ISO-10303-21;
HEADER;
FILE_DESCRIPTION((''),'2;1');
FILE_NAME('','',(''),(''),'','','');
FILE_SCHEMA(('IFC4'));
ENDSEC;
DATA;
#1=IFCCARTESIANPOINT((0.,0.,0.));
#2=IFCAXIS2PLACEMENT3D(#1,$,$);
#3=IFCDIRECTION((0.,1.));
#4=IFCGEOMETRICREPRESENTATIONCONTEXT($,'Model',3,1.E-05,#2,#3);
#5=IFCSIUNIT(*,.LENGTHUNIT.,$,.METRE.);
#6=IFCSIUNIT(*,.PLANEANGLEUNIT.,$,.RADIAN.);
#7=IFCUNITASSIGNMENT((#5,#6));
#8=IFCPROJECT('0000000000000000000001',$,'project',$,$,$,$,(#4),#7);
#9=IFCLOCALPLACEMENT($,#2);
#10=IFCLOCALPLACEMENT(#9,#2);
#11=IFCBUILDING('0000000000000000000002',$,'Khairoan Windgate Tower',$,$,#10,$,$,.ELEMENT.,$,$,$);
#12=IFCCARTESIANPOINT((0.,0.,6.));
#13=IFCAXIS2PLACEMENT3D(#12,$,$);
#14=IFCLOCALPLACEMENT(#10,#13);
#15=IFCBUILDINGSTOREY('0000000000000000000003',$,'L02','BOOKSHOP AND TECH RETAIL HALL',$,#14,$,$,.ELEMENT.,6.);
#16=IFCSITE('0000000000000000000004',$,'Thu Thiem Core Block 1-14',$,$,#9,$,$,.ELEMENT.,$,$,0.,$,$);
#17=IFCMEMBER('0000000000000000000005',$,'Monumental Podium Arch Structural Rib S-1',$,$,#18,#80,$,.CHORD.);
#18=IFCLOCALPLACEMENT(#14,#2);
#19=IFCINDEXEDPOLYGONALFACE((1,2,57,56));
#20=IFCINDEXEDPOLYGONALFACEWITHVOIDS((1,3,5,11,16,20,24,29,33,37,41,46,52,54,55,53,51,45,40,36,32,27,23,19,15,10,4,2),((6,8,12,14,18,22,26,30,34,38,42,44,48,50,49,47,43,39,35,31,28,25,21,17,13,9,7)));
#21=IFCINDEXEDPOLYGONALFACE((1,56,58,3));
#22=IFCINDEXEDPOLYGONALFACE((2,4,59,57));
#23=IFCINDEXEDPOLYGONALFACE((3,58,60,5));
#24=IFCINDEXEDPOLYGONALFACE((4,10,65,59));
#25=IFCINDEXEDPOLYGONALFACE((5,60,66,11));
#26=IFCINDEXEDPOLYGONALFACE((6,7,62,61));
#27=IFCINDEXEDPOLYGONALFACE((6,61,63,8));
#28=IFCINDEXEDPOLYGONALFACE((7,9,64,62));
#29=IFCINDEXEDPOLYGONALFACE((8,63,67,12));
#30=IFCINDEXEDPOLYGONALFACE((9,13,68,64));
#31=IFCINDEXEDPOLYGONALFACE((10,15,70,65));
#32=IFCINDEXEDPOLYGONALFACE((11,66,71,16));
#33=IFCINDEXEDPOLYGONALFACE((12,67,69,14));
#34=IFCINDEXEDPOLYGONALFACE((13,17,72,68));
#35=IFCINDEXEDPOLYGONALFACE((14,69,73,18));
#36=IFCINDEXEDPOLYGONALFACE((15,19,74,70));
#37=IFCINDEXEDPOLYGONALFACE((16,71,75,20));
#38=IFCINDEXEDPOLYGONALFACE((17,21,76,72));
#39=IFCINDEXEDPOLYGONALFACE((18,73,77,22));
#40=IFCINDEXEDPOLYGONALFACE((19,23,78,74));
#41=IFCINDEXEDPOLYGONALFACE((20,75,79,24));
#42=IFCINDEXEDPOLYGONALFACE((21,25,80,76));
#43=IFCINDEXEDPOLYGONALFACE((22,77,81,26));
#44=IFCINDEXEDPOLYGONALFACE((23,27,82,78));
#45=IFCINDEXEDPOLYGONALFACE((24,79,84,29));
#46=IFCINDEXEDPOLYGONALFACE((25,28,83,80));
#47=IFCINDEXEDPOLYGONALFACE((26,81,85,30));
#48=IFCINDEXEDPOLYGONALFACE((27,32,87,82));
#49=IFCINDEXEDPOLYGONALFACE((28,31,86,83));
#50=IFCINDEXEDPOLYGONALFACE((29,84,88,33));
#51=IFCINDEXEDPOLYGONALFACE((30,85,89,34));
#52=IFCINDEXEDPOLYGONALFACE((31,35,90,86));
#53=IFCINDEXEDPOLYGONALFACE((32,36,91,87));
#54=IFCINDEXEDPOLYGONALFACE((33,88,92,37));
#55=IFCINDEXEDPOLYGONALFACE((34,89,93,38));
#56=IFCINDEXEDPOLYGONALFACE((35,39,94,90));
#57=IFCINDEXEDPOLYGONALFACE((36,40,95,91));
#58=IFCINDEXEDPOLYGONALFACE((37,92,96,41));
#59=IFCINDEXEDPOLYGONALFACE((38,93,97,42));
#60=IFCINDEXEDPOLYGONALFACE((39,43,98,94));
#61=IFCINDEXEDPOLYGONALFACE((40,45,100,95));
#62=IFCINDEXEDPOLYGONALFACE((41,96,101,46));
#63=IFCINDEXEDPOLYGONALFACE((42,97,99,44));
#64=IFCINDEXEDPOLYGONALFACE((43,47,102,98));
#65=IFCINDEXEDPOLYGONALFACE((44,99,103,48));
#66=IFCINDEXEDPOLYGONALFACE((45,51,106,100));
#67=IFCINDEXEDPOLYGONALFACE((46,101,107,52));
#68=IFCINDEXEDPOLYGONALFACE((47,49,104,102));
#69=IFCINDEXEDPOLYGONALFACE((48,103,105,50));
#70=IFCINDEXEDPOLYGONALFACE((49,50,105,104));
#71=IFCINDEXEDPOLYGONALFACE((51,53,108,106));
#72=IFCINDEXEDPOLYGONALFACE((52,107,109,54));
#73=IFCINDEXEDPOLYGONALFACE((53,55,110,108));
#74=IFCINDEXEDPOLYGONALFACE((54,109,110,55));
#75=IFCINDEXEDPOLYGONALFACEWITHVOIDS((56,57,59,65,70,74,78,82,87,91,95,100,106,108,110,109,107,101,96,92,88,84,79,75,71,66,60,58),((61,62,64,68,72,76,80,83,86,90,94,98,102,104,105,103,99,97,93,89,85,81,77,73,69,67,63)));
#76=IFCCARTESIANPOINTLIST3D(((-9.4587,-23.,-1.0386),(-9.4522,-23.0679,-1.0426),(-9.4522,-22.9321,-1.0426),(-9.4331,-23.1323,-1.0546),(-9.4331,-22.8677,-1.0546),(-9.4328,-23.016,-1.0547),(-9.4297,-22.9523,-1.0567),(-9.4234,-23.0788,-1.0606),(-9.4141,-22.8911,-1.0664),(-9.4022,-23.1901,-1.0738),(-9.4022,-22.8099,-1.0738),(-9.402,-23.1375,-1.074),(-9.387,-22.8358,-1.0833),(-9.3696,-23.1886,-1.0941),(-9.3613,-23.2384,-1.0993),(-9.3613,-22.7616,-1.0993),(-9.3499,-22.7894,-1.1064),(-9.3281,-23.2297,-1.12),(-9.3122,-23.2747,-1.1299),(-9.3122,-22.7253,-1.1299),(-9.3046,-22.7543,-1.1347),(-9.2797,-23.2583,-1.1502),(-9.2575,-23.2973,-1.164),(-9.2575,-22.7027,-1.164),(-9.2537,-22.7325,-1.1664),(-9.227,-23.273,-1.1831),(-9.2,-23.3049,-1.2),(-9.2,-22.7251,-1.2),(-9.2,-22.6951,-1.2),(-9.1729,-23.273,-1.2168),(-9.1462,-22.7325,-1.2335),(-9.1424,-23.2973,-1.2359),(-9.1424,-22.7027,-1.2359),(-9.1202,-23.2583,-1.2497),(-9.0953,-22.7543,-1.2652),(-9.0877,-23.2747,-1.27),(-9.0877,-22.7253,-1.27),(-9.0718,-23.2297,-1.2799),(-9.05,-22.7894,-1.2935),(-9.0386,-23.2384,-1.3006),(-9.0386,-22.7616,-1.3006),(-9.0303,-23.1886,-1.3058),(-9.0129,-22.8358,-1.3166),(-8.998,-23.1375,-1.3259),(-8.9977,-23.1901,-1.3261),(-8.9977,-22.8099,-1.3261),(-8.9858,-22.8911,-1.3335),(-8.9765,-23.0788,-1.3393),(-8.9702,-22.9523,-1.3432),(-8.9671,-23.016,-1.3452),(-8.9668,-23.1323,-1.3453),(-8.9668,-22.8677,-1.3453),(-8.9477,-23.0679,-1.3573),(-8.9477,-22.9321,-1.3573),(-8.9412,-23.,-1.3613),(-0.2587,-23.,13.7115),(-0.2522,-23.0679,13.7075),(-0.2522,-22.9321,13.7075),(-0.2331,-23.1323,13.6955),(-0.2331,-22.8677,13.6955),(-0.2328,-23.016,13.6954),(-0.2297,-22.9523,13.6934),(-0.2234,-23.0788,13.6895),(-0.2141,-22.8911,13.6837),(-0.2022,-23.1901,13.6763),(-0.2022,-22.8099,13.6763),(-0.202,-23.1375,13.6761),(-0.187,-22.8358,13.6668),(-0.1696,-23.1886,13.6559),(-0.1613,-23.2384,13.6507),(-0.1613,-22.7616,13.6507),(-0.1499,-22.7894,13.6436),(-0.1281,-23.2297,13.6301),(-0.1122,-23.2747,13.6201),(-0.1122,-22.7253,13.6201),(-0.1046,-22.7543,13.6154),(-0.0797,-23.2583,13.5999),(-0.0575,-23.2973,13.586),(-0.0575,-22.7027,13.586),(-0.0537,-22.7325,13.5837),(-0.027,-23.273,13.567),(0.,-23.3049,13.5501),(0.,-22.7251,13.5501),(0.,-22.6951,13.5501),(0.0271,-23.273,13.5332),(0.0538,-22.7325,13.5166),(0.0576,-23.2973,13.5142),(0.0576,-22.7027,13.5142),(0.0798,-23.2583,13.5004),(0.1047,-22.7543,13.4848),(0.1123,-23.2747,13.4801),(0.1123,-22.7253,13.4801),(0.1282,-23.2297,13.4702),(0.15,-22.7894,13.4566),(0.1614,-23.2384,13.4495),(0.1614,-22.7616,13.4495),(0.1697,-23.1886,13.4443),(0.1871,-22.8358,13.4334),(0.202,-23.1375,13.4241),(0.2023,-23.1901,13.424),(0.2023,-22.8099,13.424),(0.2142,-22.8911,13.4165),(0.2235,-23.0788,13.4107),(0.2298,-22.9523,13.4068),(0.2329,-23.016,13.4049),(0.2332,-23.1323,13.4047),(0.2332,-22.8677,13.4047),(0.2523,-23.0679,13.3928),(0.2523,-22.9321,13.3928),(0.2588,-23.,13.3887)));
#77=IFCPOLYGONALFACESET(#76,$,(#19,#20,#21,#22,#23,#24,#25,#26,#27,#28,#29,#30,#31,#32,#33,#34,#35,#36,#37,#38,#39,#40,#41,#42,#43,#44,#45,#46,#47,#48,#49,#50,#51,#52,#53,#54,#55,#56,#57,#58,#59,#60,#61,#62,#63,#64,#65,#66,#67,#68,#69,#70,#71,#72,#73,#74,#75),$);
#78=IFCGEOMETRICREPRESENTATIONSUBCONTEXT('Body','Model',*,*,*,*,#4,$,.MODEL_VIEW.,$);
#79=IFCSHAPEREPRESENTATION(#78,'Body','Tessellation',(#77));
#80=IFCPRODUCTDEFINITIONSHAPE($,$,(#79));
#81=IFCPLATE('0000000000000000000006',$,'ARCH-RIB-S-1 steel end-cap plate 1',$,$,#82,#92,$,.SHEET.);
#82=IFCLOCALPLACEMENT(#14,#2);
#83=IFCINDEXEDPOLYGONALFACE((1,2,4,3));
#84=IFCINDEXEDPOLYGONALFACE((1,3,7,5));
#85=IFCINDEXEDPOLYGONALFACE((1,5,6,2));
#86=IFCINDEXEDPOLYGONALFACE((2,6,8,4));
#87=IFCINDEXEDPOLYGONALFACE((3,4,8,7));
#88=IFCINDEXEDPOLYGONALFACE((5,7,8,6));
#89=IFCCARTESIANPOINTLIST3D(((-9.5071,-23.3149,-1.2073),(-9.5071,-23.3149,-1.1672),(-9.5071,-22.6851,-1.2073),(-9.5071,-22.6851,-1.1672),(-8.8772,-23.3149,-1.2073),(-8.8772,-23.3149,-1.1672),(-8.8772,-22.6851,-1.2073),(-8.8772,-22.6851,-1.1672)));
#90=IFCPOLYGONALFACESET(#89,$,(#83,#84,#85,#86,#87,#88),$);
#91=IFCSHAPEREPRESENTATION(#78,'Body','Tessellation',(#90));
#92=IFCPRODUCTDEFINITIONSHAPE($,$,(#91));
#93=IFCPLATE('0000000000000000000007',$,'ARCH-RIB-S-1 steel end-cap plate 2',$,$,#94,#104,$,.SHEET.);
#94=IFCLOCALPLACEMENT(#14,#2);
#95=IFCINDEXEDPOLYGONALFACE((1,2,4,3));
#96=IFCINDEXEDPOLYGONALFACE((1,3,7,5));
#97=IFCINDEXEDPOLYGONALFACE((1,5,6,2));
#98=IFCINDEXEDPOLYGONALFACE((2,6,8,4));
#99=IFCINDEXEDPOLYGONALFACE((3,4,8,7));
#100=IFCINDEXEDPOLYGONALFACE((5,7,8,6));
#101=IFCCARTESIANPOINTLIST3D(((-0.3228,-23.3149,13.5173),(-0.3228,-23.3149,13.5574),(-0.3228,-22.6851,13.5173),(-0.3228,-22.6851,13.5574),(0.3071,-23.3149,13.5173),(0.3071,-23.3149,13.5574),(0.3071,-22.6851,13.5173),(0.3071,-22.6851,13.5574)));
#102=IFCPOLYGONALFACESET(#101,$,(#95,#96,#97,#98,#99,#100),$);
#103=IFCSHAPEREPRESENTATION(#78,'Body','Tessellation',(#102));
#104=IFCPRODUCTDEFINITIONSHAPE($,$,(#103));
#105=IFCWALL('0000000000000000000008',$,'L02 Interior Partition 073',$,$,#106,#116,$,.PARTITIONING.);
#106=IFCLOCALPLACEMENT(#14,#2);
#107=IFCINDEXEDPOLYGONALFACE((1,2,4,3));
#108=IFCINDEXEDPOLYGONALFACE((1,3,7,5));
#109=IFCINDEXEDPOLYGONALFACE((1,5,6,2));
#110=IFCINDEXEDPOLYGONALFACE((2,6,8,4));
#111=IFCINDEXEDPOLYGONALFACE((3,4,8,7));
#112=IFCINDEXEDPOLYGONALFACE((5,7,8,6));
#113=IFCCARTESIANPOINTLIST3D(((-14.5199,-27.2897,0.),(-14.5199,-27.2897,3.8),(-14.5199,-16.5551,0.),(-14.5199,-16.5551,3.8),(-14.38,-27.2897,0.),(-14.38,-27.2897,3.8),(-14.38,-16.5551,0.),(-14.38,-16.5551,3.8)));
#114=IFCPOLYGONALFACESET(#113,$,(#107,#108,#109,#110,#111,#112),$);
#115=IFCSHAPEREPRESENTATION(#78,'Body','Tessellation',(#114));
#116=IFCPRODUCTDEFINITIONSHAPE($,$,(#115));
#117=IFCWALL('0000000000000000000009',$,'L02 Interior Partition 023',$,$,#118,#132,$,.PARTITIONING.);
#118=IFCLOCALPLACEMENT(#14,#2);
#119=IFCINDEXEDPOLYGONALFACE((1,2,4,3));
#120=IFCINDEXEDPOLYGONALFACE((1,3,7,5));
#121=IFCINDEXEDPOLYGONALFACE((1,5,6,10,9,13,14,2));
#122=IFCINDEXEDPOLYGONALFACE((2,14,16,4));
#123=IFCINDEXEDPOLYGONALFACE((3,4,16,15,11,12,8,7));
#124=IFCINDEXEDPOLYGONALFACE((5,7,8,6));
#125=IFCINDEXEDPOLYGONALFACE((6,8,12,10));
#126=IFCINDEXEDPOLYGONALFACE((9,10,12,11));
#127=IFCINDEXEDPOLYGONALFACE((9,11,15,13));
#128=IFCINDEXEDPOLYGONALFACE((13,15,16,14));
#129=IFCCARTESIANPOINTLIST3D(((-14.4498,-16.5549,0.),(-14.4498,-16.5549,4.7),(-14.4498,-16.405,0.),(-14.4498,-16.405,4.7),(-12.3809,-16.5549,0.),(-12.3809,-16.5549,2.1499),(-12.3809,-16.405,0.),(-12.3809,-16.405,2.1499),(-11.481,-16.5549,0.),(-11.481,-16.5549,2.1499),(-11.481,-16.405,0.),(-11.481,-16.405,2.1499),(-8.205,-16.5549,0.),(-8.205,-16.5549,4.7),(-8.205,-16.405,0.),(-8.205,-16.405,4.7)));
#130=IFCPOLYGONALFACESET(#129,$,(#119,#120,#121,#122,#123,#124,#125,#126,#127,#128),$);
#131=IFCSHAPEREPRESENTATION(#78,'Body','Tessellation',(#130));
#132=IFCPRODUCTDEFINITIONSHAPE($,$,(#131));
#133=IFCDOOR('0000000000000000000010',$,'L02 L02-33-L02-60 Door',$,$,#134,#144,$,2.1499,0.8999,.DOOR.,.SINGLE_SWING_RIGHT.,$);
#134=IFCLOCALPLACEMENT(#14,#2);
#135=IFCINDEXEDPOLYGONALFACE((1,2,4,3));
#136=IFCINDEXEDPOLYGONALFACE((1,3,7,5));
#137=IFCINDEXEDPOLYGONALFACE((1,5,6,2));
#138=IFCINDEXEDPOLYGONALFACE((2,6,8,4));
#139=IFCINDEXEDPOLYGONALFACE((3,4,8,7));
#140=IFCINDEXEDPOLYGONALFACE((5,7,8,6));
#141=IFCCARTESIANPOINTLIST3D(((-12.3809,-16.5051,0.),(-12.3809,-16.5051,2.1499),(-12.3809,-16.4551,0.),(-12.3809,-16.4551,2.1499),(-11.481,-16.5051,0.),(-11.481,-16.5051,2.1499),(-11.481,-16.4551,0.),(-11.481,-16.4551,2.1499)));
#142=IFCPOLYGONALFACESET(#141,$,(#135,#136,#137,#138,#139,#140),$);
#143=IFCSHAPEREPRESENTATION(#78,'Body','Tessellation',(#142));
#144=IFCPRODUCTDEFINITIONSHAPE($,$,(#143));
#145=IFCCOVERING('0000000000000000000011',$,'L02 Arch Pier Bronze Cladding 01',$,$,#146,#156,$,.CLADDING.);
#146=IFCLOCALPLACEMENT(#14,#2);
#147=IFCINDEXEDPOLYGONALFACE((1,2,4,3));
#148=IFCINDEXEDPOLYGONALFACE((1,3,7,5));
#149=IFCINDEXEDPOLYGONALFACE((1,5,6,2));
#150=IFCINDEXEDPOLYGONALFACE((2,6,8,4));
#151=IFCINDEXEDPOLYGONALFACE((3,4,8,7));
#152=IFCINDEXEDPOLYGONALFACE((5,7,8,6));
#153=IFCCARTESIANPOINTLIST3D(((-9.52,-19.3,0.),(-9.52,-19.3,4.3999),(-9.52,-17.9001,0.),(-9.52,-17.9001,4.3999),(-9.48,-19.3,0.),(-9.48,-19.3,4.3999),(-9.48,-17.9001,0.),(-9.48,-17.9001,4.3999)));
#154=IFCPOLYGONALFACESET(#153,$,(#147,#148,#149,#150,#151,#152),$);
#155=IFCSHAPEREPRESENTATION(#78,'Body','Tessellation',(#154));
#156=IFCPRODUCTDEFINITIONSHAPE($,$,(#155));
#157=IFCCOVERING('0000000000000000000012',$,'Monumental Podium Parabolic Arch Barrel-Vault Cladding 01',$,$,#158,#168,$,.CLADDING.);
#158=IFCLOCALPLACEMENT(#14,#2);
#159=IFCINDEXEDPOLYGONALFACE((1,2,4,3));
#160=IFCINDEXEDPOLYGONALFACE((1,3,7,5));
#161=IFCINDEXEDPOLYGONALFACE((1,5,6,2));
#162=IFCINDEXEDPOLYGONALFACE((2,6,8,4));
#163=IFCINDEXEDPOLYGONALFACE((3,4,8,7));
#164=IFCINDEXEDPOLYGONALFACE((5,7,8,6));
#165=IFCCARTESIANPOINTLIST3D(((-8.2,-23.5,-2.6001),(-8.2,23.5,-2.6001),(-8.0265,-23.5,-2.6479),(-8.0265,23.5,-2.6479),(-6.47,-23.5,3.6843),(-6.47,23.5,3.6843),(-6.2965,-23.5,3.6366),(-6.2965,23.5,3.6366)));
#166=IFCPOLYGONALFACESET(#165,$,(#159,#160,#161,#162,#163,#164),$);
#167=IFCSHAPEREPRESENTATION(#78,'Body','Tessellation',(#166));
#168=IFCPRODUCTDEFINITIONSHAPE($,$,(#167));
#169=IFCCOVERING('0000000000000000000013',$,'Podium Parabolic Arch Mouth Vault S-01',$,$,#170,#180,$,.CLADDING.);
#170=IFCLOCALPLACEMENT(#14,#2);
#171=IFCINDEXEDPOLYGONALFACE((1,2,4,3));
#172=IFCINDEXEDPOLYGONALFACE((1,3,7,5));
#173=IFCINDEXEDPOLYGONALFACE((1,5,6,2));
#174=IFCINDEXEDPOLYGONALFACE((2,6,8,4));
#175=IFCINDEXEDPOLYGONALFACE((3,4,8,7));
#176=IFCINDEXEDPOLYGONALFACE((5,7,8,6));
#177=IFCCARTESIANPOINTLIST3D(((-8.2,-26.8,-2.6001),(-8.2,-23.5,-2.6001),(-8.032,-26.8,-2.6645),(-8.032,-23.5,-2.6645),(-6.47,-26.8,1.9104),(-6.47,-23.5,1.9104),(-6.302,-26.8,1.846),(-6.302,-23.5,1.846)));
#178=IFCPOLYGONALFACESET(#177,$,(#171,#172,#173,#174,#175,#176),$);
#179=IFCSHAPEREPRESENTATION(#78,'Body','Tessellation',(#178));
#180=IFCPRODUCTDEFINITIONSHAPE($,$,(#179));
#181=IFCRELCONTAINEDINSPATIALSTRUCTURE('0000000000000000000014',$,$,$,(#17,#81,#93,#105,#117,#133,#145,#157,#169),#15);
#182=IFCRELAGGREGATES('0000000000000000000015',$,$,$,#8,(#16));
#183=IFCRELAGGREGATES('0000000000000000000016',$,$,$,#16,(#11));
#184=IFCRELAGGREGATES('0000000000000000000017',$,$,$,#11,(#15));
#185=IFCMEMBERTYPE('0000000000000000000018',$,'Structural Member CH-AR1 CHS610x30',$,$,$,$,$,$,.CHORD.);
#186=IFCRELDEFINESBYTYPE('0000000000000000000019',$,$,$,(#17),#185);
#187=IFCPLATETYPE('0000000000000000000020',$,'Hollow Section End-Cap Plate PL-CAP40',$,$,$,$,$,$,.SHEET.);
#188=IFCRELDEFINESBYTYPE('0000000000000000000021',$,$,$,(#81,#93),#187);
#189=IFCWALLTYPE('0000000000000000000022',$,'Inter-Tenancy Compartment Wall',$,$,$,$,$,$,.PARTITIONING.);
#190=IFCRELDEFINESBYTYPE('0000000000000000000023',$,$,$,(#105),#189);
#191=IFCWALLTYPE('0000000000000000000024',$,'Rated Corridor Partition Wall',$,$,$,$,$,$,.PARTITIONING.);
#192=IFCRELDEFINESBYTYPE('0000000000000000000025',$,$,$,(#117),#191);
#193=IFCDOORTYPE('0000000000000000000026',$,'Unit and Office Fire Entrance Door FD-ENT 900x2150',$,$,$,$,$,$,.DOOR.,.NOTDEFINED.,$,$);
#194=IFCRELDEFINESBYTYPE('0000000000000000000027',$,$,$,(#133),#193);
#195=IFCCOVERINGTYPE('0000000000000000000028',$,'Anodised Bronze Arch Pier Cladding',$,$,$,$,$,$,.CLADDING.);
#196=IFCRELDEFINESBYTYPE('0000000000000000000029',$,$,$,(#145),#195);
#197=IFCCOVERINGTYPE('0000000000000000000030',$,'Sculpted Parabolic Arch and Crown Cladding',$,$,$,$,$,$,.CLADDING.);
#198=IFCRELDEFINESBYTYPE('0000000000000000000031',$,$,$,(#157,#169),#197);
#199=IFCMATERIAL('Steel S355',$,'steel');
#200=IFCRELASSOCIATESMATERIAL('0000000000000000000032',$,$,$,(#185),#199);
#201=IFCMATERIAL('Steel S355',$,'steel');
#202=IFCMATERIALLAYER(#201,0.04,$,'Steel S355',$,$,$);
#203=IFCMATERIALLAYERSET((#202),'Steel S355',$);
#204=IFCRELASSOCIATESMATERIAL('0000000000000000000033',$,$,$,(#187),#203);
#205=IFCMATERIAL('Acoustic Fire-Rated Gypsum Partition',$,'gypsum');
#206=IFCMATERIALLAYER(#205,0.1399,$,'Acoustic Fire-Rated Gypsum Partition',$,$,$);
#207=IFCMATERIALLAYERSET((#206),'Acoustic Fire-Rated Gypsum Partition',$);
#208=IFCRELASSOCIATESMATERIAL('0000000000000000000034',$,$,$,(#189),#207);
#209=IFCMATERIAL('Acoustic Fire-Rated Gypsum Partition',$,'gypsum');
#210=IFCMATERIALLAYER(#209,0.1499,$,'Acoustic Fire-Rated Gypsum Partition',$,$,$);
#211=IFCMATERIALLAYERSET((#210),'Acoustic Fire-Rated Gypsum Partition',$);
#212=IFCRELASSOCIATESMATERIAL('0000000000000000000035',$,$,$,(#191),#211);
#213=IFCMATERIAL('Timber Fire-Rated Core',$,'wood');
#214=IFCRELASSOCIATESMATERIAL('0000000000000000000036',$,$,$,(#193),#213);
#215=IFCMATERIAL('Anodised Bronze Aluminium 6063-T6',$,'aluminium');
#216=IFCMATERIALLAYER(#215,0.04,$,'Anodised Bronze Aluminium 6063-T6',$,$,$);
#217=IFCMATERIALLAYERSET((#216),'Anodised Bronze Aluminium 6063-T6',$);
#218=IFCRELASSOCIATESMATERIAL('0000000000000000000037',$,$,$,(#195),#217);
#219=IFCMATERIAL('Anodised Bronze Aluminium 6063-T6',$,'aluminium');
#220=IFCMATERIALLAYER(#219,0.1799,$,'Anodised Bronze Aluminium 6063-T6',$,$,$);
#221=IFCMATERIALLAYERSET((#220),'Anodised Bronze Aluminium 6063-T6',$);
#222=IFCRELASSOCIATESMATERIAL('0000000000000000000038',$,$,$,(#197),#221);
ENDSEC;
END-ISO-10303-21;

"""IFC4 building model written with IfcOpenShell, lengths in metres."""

from ifc_helpers import new_model, si_unit, direction, frame, frame_2d, origin, origin_2d, place, context, subcontext, project, spatial, polyline, rectangle, hollow_circle, outline, extrude, material, layer, layer_set, material_profile, profile_set, type_object, element, fill, save


model = new_model("IFC4")

# Units and contexts
model_context = context("Model", 3, precision=1e-05, world=origin(), true_north=direction((0.0, 1.0)))
body_context = subcontext(model_context, "Body", "Model", "MODEL_VIEW")
ifc_project = project(units=[si_unit("LENGTHUNIT", "METRE"), si_unit("PLANEANGLEUNIT", "RADIAN")], contexts=[model_context])

# Site, building, storey
site_placement = place(None, origin())
site = spatial("IfcSite", under=ifc_project, at=site_placement, Name="Thu Thiem Core Block 1-14", CompositionType="ELEMENT", RefElevation=0.0)
building_placement = place(site_placement, origin())
building = spatial("IfcBuilding", under=site, at=building_placement, Name="Khairoan Windgate Tower", CompositionType="ELEMENT")
storey_placement = place(building_placement, frame((0.0, 0.0, 6.0)))
storey = spatial("IfcBuildingStorey", under=building, at=storey_placement, Name="L02", Description="BOOKSHOP AND TECH RETAIL HALL", CompositionType="ELEMENT", Elevation=6.0)

# Member
ifc_material_1 = material(Name="Steel S355", Category="steel")
ifc_material_profile_1 = material_profile(ifc_material_1, hollow_circle(Radius=0.3049, WallThickness=0.03, at=origin_2d()))
ifc_profile_set_1 = profile_set([ifc_material_profile_1], Name="Steel S355")
member_type_1 = type_object("IfcMemberType", Name="Structural Member CH-AR1 CHS610x30", PredefinedType="CHORD", material=ifc_profile_set_1)
member_1_placement = place(storey_placement, frame((-9.2, -23.0, -1.2), z_axis=(0.529221, 0.0, 0.848484), x_axis=(0.0, 1.0, 0.0)))
element("IfcMember", 1, at=member_1_placement, inside=storey, type_object=member_type_1, Name="Monumental Podium Arch Structural Rib S-1", PredefinedType="CHORD", context=body_context, shape_type="SweptSolid", body=[
    extrude(hollow_circle(Radius=0.3049, WallThickness=0.03, at=origin_2d()), origin(), (0.0, 0.0, 1.0), 17.384),
])

# Plates
ifc_material_2 = material(Name="Steel S355", Category="steel")
ifc_layer_1 = layer(ifc_material_2, 0.04, Name="Steel S355")
ifc_layer_set_1 = layer_set([ifc_layer_1], Name="Steel S355")
plate_type_1 = type_object("IfcPlateType", Name="Hollow Section End-Cap Plate PL-CAP40", PredefinedType="SHEET", material=ifc_layer_set_1)
for number, where, z_axis, x_axis, name in (
    (2, (-9.1921, -23.0, -1.2073), (0.0, 0.0, 1.0), (1.0, 0.0, 0.0), "ARCH-RIB-S-1 steel end-cap plate 1"),
    (3, (-0.0078, -23.0, 13.5173), (0.0, 0.0, 1.0), (1.0, 0.0, 0.0), "ARCH-RIB-S-1 steel end-cap plate 2"),
):
    element("IfcPlate", number, at=place(storey_placement, frame(where, z_axis=z_axis, x_axis=x_axis)), inside=storey, type_object=plate_type_1, Name=name, PredefinedType="SHEET", context=body_context, shape_type="SweptSolid", body=[
        extrude(rectangle(XDim=0.6299, YDim=0.6299, at=origin_2d()), origin(), (0.0, 0.0, 1.0), 0.04),
    ])

# Wall
ifc_material_3 = material(Name="Acoustic Fire-Rated Gypsum Partition", Category="gypsum")
ifc_layer_2 = layer(ifc_material_3, 0.1399, Name="Acoustic Fire-Rated Gypsum Partition")
ifc_layer_set_2 = layer_set([ifc_layer_2], Name="Acoustic Fire-Rated Gypsum Partition")
wall_type_1 = type_object("IfcWallType", Name="Inter-Tenancy Compartment Wall", PredefinedType="PARTITIONING", material=ifc_layer_set_2)
wall_1_placement = place(storey_placement, frame((-14.45, -27.2896, 0.0), z_axis=(0.0, 0.0, 1.0), x_axis=(0.0, 1.0, 0.0)))
element("IfcWall", 4, at=wall_1_placement, inside=storey, type_object=wall_type_1, Name="L02 Interior Partition 073", PredefinedType="PARTITIONING", context=body_context, shape_type="SweptSolid", body=[
    extrude(rectangle(XDim=10.7346, YDim=0.1399, at=frame_2d((5.3672, 0.0))), origin(), (0.0, 0.0, 1.0), 3.8),
])

# Wall, opening, door
ifc_material_4 = material(Name="Acoustic Fire-Rated Gypsum Partition", Category="gypsum")
ifc_layer_3 = layer(ifc_material_4, 0.1499, Name="Acoustic Fire-Rated Gypsum Partition")
ifc_layer_set_3 = layer_set([ifc_layer_3], Name="Acoustic Fire-Rated Gypsum Partition")
wall_type_2 = type_object("IfcWallType", Name="Rated Corridor Partition Wall", PredefinedType="PARTITIONING", material=ifc_layer_set_3)
wall_2_placement = place(storey_placement, frame((-14.45, -16.48, 0.0), z_axis=(0.0, 0.0, 1.0), x_axis=(1.0, 0.0, 0.0)))
wall_2 = element("IfcWall", 5, at=wall_2_placement, inside=storey, type_object=wall_type_2, Name="L02 Interior Partition 023", PredefinedType="PARTITIONING", context=body_context, shape_type="SweptSolid", body=[
    extrude(rectangle(XDim=6.2449, YDim=0.1499, at=frame_2d((3.1226, 0.0))), origin(), (0.0, 0.0, 1.0), 4.7),
])
opening_placement = place(wall_2_placement, frame((2.0691, 0.0, 0.0)))
opening = element("IfcOpeningElement", 6, at=opening_placement, cuts=wall_2, PredefinedType="OPENING", context=body_context, shape_type="SweptSolid", body=[
    extrude(rectangle(XDim=0.8999, YDim=2.1499, at=frame_2d((0.45, 1.075))), frame((0.0, 0.085, 0.0), z_axis=(0.0, -1.0, 0.0), x_axis=(1.0, 0.0, 0.0)), (0.0, 0.0, 1.0), 0.1699),
])
ifc_material_5 = material(Name="Timber Fire-Rated Core", Category="wood")
door_type = type_object("IfcDoorType", Name="Unit and Office Fire Entrance Door FD-ENT 900x2150", OperationType="NOTDEFINED", PredefinedType="DOOR", material=ifc_material_5)
door_placement = place(opening_placement, origin())
door = element("IfcDoor", 7, at=door_placement, inside=storey, type_object=door_type, Name="L02 L02-33-L02-60 Door", OperationType="SINGLE_SWING_RIGHT", OverallHeight=2.1499, OverallWidth=0.8999, PredefinedType="DOOR", context=body_context, shape_type="SweptSolid", body=[
    extrude(rectangle(XDim=0.8999, YDim=2.1499, at=frame_2d((0.45, 1.075))), frame((0.0, 0.0249, 0.0), z_axis=(0.0, -1.0, 0.0), x_axis=(1.0, 0.0, 0.0)), (0.0, 0.0, 1.0), 0.05),
])
fill(opening, door)

# Coverings
ifc_material_6 = material(Name="Anodised Bronze Aluminium 6063-T6", Category="aluminium")
ifc_layer_4 = layer(ifc_material_6, 0.04, Name="Anodised Bronze Aluminium 6063-T6")
ifc_layer_set_4 = layer_set([ifc_layer_4], Name="Anodised Bronze Aluminium 6063-T6")
covering_type_1 = type_object("IfcCoveringType", Name="Anodised Bronze Arch Pier Cladding", PredefinedType="CLADDING", material=ifc_layer_set_4)
covering_1_placement = place(storey_placement, frame((-9.5, -18.6001, 0.0), z_axis=(0.0, 0.0, 1.0), x_axis=(1.0, 0.0, 0.0)))
element("IfcCovering", 8, at=covering_1_placement, inside=storey, type_object=covering_type_1, Name="L02 Arch Pier Bronze Cladding 01", PredefinedType="CLADDING", context=body_context, shape_type="SweptSolid", body=[
    extrude(rectangle(XDim=0.04, YDim=1.3999, at=origin_2d()), origin(), (0.0, 0.0, 1.0), 4.3999),
])
ifc_material_7 = material(Name="Anodised Bronze Aluminium 6063-T6", Category="aluminium")
ifc_layer_5 = layer(ifc_material_7, 0.1799, Name="Anodised Bronze Aluminium 6063-T6")
ifc_layer_set_5 = layer_set([ifc_layer_5], Name="Anodised Bronze Aluminium 6063-T6")
covering_type_2 = type_object("IfcCoveringType", Name="Sculpted Parabolic Arch and Crown Cladding", PredefinedType="CLADDING", material=ifc_layer_set_5)
covering_2_placement = place(storey_placement, frame((-8.2, -23.5, -2.6001), z_axis=(-0.964136, 0.0, 0.265408), x_axis=(0.265408, 0.0, 0.964136)))
element("IfcCovering", 9, at=covering_2_placement, inside=storey, type_object=covering_type_2, Name="Monumental Podium Parabolic Arch Barrel-Vault Cladding 01", PredefinedType="CLADDING", context=body_context, shape_type="SweptSolid", body=[
    extrude(outline(polyline([(0.0, 0.0), (6.5182, 0.0), (6.5182, 47.0), (0.0, 47.0), (0.0, 0.0)])), origin(), (0.0, 0.0, -1.0), 0.1799),
])
covering_3_placement = place(storey_placement, frame((-8.2, -26.8, -2.6001), z_axis=(-0.93368, 0.0, 0.358109), x_axis=(0.358109, 0.0, 0.93368)))
element("IfcCovering", 10, at=covering_3_placement, inside=storey, type_object=covering_type_2, Name="Podium Parabolic Arch Mouth Vault S-01", PredefinedType="CLADDING", context=body_context, shape_type="SweptSolid", body=[
    extrude(outline(polyline([(0.0, 0.0), (4.8309, 0.0), (4.8309, 3.3), (0.0, 3.3), (0.0, 0.0)])), origin(), (0.0, 0.0, -1.0), 0.1799),
])

save(model, "model.ifc")
